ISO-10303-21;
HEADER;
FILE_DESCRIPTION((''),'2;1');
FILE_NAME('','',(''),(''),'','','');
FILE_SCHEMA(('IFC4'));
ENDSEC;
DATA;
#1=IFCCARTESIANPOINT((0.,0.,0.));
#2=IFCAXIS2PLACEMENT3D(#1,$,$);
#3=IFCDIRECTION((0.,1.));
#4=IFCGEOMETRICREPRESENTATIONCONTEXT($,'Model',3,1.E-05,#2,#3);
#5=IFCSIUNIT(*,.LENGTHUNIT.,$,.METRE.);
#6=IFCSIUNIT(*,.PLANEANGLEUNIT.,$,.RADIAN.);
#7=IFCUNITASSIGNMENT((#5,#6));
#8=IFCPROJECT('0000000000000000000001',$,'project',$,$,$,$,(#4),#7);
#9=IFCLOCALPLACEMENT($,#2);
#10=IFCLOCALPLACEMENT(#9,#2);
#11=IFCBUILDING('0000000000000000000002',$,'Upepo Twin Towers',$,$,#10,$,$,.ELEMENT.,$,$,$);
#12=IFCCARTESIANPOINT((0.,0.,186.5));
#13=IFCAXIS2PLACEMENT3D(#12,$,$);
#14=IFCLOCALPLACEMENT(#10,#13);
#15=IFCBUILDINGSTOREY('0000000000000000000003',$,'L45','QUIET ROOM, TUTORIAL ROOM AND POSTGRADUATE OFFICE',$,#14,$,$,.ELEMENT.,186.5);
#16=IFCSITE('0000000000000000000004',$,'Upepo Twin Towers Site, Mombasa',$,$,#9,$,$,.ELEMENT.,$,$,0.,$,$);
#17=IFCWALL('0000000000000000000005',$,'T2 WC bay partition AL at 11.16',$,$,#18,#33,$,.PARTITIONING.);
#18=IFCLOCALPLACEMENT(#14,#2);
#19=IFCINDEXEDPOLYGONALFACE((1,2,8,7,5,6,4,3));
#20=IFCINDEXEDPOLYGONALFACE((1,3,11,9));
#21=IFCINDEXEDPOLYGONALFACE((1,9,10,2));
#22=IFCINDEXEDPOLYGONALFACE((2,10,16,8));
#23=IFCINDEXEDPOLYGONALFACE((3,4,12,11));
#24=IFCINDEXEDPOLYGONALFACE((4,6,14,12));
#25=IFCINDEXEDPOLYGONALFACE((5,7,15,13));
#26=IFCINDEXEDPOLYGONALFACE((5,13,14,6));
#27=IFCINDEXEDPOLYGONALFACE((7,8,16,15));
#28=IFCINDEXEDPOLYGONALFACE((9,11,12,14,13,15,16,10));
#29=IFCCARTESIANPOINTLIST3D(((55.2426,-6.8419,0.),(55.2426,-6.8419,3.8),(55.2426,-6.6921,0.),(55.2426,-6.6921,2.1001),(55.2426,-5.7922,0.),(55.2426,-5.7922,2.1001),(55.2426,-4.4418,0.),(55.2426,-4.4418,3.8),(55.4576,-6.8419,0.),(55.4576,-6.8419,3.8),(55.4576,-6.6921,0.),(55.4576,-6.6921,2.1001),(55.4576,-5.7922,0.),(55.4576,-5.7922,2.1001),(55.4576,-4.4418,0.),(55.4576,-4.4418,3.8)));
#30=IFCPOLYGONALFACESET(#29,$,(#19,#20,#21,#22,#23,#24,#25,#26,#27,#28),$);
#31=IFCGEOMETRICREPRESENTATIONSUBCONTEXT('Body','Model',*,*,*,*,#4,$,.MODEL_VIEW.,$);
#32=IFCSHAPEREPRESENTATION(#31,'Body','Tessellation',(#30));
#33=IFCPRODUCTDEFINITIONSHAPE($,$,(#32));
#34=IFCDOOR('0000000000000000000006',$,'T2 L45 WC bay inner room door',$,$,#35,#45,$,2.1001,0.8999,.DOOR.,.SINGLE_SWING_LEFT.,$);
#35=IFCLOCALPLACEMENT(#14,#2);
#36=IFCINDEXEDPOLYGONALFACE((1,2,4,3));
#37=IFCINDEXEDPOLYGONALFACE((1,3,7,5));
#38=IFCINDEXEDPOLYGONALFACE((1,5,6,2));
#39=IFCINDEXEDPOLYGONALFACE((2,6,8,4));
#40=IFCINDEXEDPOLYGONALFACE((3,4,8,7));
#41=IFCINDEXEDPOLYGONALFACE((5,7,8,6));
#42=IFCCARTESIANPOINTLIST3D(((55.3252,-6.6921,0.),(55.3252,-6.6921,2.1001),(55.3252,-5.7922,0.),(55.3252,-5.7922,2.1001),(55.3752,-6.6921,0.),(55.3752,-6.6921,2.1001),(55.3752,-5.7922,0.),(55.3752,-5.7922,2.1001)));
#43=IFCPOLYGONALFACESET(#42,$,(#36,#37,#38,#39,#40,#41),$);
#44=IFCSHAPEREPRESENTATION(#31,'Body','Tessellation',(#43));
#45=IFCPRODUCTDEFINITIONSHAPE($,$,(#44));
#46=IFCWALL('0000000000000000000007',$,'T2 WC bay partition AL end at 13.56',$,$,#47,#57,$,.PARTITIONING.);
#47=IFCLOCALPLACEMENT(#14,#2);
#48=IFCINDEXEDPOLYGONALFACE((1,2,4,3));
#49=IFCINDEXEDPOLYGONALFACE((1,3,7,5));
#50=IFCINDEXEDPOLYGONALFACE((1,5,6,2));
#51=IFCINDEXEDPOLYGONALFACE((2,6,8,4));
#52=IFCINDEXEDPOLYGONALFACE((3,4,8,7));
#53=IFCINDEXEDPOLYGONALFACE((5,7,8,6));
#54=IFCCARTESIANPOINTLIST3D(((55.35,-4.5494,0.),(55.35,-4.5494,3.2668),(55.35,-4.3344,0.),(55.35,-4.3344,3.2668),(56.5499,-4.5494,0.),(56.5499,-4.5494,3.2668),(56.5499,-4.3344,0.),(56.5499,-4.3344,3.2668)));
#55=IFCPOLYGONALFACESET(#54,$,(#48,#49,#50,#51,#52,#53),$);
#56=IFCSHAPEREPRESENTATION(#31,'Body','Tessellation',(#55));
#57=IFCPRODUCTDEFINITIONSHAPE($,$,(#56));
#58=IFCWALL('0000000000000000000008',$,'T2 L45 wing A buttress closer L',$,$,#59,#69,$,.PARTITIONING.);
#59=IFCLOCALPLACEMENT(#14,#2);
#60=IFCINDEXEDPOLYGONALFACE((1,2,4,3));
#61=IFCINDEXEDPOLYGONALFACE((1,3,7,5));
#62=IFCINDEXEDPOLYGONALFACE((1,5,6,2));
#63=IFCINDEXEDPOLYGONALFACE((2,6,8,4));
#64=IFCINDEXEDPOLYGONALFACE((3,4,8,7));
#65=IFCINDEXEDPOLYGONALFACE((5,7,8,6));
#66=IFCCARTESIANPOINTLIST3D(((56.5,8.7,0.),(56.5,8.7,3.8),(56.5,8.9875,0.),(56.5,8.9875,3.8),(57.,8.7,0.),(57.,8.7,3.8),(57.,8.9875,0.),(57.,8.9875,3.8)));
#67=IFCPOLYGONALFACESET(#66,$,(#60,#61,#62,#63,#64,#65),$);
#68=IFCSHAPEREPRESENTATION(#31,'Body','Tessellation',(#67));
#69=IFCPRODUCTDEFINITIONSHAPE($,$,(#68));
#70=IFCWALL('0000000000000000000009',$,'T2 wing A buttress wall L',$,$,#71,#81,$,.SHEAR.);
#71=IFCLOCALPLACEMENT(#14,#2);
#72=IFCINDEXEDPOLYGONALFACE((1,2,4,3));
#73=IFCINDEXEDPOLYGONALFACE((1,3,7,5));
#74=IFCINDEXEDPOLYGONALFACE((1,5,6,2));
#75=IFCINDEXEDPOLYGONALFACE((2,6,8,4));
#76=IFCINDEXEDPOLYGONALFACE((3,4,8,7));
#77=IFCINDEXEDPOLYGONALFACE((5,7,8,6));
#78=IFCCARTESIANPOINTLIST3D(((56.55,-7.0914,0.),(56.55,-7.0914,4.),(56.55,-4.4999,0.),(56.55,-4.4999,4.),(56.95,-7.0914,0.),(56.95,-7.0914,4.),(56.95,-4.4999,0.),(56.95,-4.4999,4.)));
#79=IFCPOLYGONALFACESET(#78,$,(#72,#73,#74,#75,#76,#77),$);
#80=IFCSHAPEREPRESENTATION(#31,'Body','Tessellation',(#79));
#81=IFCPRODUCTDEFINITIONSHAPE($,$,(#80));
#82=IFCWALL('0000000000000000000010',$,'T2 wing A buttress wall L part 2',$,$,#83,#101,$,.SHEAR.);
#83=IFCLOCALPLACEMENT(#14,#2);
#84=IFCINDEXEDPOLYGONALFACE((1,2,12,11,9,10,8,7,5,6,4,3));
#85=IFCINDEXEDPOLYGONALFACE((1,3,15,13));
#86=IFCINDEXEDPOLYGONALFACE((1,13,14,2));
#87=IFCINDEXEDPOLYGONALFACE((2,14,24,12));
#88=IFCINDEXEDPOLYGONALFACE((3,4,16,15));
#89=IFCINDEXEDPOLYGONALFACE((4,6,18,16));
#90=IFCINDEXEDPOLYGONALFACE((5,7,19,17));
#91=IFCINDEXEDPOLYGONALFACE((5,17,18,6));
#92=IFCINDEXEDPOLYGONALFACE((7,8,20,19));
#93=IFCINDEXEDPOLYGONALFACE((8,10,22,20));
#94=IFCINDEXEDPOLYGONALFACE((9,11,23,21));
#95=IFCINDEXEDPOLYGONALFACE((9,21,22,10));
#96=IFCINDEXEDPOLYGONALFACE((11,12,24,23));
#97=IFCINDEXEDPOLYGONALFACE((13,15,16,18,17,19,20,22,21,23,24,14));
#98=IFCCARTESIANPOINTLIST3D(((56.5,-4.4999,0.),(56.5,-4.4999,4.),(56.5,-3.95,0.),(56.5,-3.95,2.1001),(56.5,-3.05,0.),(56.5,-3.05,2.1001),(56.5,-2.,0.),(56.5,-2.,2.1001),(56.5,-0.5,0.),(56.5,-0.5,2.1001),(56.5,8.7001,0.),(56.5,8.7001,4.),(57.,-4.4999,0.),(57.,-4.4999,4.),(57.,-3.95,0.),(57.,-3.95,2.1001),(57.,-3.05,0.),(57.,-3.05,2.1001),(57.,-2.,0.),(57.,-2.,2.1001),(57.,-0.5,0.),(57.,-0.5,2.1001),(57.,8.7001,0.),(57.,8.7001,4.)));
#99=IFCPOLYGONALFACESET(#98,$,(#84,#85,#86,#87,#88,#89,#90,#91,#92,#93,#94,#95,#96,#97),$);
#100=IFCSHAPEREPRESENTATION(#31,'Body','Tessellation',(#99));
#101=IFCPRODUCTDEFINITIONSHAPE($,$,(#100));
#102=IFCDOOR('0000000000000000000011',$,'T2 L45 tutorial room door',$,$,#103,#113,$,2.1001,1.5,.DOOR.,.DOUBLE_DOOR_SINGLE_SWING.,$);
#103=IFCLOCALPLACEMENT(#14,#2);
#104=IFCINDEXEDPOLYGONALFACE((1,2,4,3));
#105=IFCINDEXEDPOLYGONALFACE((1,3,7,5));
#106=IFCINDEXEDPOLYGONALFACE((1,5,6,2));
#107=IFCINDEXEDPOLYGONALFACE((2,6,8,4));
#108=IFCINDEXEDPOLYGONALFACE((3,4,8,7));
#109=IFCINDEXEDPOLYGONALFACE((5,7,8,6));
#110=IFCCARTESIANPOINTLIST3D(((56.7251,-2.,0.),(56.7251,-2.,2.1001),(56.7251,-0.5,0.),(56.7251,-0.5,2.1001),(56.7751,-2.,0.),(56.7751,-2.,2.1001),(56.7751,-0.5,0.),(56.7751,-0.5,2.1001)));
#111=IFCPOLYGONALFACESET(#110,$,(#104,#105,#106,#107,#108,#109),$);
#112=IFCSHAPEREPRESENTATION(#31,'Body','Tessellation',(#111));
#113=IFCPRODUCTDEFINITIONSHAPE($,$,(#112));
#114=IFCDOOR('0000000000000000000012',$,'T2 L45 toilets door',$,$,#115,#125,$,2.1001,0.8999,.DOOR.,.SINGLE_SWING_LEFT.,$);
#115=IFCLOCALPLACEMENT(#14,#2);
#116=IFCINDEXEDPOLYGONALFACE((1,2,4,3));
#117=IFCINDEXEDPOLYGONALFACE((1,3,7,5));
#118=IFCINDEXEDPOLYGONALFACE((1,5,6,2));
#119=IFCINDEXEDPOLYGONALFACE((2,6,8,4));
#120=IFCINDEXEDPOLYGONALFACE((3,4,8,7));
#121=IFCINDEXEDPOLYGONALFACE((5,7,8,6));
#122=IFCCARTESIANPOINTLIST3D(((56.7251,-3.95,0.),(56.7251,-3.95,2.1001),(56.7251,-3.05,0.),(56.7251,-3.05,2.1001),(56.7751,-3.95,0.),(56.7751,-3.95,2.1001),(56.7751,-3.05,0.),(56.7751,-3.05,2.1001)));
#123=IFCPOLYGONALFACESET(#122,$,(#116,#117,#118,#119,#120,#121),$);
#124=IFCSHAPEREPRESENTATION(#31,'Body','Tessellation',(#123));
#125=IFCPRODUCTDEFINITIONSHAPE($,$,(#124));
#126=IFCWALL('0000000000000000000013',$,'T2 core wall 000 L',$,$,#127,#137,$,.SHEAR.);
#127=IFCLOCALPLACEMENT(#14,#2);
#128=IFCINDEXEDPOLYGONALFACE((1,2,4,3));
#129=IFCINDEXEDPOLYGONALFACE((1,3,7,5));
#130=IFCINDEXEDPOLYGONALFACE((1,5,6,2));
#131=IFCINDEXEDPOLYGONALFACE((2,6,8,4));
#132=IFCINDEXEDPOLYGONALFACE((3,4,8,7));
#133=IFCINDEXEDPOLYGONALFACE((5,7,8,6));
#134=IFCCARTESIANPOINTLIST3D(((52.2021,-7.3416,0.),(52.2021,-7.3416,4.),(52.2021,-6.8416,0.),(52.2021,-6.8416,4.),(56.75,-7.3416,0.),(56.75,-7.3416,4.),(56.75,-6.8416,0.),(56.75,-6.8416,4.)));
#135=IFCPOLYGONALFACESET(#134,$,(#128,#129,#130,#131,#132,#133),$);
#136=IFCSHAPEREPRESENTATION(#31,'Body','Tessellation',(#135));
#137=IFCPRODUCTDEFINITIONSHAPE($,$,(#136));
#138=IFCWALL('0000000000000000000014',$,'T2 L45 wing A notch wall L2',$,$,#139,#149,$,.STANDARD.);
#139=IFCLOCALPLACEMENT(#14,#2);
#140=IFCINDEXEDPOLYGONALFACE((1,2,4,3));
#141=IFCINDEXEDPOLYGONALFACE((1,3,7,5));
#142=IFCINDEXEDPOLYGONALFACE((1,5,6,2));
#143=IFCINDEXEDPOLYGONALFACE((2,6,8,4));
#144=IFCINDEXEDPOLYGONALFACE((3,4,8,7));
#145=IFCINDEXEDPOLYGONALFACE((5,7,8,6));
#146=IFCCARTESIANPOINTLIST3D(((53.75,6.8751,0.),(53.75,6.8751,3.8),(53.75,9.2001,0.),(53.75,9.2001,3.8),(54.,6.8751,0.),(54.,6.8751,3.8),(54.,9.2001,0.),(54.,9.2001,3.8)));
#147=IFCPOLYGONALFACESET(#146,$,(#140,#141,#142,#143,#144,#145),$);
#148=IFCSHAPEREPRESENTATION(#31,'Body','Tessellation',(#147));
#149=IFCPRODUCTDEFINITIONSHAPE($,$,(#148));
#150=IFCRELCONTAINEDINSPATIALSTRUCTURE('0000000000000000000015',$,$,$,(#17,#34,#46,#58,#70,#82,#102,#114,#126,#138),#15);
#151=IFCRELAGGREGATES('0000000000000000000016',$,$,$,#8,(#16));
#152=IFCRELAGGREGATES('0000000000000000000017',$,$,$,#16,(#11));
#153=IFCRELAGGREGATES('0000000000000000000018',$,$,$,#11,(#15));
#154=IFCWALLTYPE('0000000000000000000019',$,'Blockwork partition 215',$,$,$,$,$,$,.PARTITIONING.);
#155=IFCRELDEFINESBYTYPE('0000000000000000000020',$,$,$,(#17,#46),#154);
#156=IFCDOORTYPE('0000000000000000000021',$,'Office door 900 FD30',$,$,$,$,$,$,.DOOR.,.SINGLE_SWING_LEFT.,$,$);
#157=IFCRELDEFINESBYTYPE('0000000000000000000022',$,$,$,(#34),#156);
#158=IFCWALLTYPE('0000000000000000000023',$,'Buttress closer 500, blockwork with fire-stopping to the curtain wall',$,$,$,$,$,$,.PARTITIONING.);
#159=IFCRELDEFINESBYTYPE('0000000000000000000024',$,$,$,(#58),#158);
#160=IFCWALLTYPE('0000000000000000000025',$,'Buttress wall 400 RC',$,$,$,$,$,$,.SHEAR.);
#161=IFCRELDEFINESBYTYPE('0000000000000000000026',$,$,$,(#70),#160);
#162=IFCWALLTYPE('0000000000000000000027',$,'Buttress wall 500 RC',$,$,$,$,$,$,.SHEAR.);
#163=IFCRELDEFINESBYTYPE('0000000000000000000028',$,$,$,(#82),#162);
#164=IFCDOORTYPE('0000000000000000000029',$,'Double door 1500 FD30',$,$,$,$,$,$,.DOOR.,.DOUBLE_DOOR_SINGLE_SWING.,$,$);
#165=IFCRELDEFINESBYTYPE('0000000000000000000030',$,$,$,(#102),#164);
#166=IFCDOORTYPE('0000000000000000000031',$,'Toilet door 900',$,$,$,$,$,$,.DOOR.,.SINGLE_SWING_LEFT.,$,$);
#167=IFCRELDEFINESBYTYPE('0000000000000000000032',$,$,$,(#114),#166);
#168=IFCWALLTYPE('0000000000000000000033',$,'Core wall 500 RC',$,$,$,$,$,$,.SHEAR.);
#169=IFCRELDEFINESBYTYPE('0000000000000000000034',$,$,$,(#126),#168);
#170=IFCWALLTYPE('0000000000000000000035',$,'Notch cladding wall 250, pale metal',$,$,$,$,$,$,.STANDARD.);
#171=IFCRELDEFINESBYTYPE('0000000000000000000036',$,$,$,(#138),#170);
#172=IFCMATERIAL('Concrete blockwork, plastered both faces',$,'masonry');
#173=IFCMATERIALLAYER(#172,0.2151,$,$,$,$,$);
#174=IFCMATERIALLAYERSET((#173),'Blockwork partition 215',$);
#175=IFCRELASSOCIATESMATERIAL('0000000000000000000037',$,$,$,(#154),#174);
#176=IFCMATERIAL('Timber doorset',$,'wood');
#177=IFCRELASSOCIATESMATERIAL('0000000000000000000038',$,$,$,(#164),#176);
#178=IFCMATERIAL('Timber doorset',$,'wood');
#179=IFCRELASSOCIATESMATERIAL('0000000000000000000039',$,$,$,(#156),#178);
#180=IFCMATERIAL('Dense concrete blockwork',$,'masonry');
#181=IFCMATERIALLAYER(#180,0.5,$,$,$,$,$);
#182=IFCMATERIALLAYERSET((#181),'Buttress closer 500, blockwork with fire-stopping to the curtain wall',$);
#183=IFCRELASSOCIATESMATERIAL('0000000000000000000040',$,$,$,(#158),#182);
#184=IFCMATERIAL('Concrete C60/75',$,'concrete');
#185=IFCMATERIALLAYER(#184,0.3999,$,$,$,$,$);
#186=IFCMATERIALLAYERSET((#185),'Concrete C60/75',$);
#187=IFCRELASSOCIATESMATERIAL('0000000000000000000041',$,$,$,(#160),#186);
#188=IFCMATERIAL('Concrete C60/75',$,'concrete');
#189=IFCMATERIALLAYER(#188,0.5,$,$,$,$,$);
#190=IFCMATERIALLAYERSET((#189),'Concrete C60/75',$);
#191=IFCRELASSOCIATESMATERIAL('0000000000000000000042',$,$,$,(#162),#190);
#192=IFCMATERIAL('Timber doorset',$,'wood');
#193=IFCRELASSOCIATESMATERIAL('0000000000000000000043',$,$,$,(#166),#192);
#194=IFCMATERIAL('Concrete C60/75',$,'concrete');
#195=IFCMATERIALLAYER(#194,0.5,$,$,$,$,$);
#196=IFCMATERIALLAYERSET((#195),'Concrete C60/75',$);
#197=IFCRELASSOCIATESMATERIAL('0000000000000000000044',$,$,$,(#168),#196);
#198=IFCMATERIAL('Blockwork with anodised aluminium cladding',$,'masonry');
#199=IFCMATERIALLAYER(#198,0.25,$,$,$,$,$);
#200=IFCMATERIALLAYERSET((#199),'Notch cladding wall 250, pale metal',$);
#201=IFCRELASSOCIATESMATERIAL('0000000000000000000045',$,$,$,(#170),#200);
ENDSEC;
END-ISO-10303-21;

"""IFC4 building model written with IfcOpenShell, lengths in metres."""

from ifc_helpers import new_model, si_unit, direction, frame, frame_2d, origin, place, context, subcontext, project, spatial, rectangle, extrude, material, layer, layer_set, type_object, element, fill, save


model = new_model("IFC4")

# Units and contexts
model_context = context("Model", 3, precision=1e-05, world=origin(), true_north=direction((0.0, 1.0)))
body_context = subcontext(model_context, "Body", "Model", "MODEL_VIEW")
ifc_project = project(units=[si_unit("LENGTHUNIT", "METRE"), si_unit("PLANEANGLEUNIT", "RADIAN")], contexts=[model_context])

# Site, building, storey
site_placement = place(None, origin())
site = spatial("IfcSite", under=ifc_project, at=site_placement, Name="Upepo Twin Towers Site, Mombasa", CompositionType="ELEMENT", RefElevation=0.0)
building_placement = place(site_placement, origin())
building = spatial("IfcBuilding", under=site, at=building_placement, Name="Upepo Twin Towers", CompositionType="ELEMENT")
storey_placement = place(building_placement, frame((0.0, 0.0, 186.5)))
storey = spatial("IfcBuildingStorey", under=building, at=storey_placement, Name="L45", Description="QUIET ROOM, TUTORIAL ROOM AND POSTGRADUATE OFFICE", CompositionType="ELEMENT", Elevation=186.5)

# Shared definitions
ifc_material_1 = material(Name="Concrete blockwork, plastered both faces", Category="masonry")
ifc_layer_1 = layer(ifc_material_1, 0.2151)
ifc_layer_set_1 = layer_set([ifc_layer_1], Name="Blockwork partition 215")
wall_type_1 = type_object("IfcWallType", Name="Blockwork partition 215", PredefinedType="PARTITIONING", material=ifc_layer_set_1)

# Wall, opening, door
ifc_material_2 = material(Name="Timber doorset", Category="wood")
door_type_1 = type_object("IfcDoorType", Name="Double door 1500 FD30", OperationType="DOUBLE_DOOR_SINGLE_SWING", PredefinedType="DOOR", material=ifc_material_2)
wall_1_placement = place(storey_placement, frame((55.3501, -6.842, 0.0), z_axis=(0.0, 0.0, 1.0), x_axis=(0.0, 1.0, 0.0)))
wall_1 = element("IfcWall", 1, at=wall_1_placement, inside=storey, type_object=wall_type_1, Name="T2 WC bay partition AL at 11.16", PredefinedType="PARTITIONING", context=body_context, shape_type="SweptSolid", body=[
    extrude(rectangle(XDim=2.4001, YDim=0.2151, at=frame_2d((1.2002, 0.0))), origin(), (0.0, 0.0, 1.0), 3.8),
])
opening_1_placement = place(wall_1_placement, frame((0.1499, 0.0, 0.0)))
opening_1 = element("IfcOpeningElement", 2, at=opening_1_placement, cuts=wall_1, PredefinedType="OPENING", context=body_context, shape_type="SweptSolid", body=[
    extrude(rectangle(XDim=0.8999, YDim=2.1001, at=frame_2d((0.45, 1.05))), frame((0.0, 0.1174, 0.0), z_axis=(0.0, -1.0, 0.0), x_axis=(1.0, 0.0, 0.0)), (0.0, 0.0, 1.0), 0.2351),
])
ifc_material_3 = material(Name="Timber doorset", Category="wood")
door_type_2 = type_object("IfcDoorType", Name="Office door 900 FD30", OperationType="SINGLE_SWING_LEFT", PredefinedType="DOOR", material=ifc_material_3)
door_1_placement = place(opening_1_placement, origin())
door_1 = element("IfcDoor", 3, at=door_1_placement, inside=storey, type_object=door_type_2, Name="T2 L45 WC bay inner room door", OperationType="SINGLE_SWING_LEFT", OverallHeight=2.1001, OverallWidth=0.8999, PredefinedType="DOOR", context=body_context, shape_type="SweptSolid", body=[
    extrude(rectangle(XDim=0.8999, YDim=2.1001, at=frame_2d((0.45, 1.05))), frame((0.0, 0.0249, 0.0), z_axis=(0.0, -1.0, 0.0), x_axis=(1.0, 0.0, 0.0)), (0.0, 0.0, 1.0), 0.05),
])
fill(opening_1, door_1)

# Walls
wall_2_placement = place(storey_placement, frame((56.55, -4.4419, 0.0), z_axis=(0.0, 0.0, 1.0), x_axis=(-1.0, 0.0, 0.0)))
element("IfcWall", 4, at=wall_2_placement, inside=storey, type_object=wall_type_1, Name="T2 WC bay partition AL end at 13.56", PredefinedType="PARTITIONING", context=body_context, shape_type="SweptSolid", body=[
    extrude(rectangle(XDim=1.2, YDim=0.2151, at=frame_2d((0.6001, 0.0))), origin(), (0.0, 0.0, 1.0), 3.2668),
])
ifc_material_4 = material(Name="Dense concrete blockwork", Category="masonry")
ifc_layer_2 = layer(ifc_material_4, 0.5)
ifc_layer_set_2 = layer_set([ifc_layer_2], Name="Buttress closer 500, blockwork with fire-stopping to the curtain wall")
wall_type_2 = type_object("IfcWallType", Name="Buttress closer 500, blockwork with fire-stopping to the curtain wall", PredefinedType="PARTITIONING", material=ifc_layer_set_2)
wall_3_placement = place(storey_placement, frame((56.75, 8.7, 0.0), z_axis=(0.0, 0.0, 1.0), x_axis=(0.0, 1.0, 0.0)))
element("IfcWall", 5, at=wall_3_placement, inside=storey, type_object=wall_type_2, Name="T2 L45 wing A buttress closer L", PredefinedType="PARTITIONING", context=body_context, shape_type="SweptSolid", body=[
    extrude(rectangle(XDim=0.2876, YDim=0.5, at=frame_2d((0.1438, 0.0))), origin(), (0.0, 0.0, 1.0), 3.8),
])
ifc_material_5 = material(Name="Concrete C60/75", Category="concrete")
ifc_layer_3 = layer(ifc_material_5, 0.3999)
ifc_layer_set_3 = layer_set([ifc_layer_3], Name="Concrete C60/75")
wall_type_3 = type_object("IfcWallType", Name="Buttress wall 400 RC", PredefinedType="SHEAR", material=ifc_layer_set_3)
wall_4_placement = place(storey_placement, frame((56.75, -7.0916, 0.0), z_axis=(0.0, 0.0, 1.0), x_axis=(0.0, 1.0, 0.0)))
element("IfcWall", 6, at=wall_4_placement, inside=storey, type_object=wall_type_3, Name="T2 wing A buttress wall L", PredefinedType="SHEAR", context=body_context, shape_type="SweptSolid", body=[
    extrude(rectangle(XDim=2.5916, YDim=0.3999, at=frame_2d((1.2959, 0.0))), origin(), (0.0, 0.0, 1.0), 4.0),
])

# Wall, openings, doors
ifc_material_6 = material(Name="Concrete C60/75", Category="concrete")
ifc_layer_4 = layer(ifc_material_6, 0.5)
ifc_layer_set_4 = layer_set([ifc_layer_4], Name="Concrete C60/75")
wall_type_4 = type_object("IfcWallType", Name="Buttress wall 500 RC", PredefinedType="SHEAR", material=ifc_layer_set_4)
wall_5_placement = place(storey_placement, frame((56.75, -4.5, 0.0), z_axis=(0.0, 0.0, 1.0), x_axis=(0.0, 1.0, 0.0)))
wall_5 = element("IfcWall", 7, at=wall_5_placement, inside=storey, type_object=wall_type_4, Name="T2 wing A buttress wall L part 2", PredefinedType="SHEAR", context=body_context, shape_type="SweptSolid", body=[
    extrude(rectangle(XDim=13.2, YDim=0.5, at=frame_2d((6.6001, 0.0))), origin(), (0.0, 0.0, 1.0), 4.0),
])
opening_2_placement = place(wall_5_placement, frame((0.55, 0.0, 0.0)))
opening_2 = element("IfcOpeningElement", 8, at=opening_2_placement, cuts=wall_5, PredefinedType="OPENING", context=body_context, shape_type="SweptSolid", body=[
    extrude(rectangle(XDim=0.8999, YDim=2.1001, at=frame_2d((0.45, 1.05))), frame((0.0, 0.26, 0.0), z_axis=(0.0, -1.0, 0.0), x_axis=(1.0, 0.0, 0.0)), (0.0, 0.0, 1.0), 0.52),
])
opening_3_placement = place(wall_5_placement, frame((2.5, 0.0, 0.0)))
opening_3 = element("IfcOpeningElement", 9, at=opening_3_placement, cuts=wall_5, PredefinedType="OPENING", context=body_context, shape_type="SweptSolid", body=[
    extrude(rectangle(XDim=1.5, YDim=2.1001, at=frame_2d((0.75, 1.05))), frame((0.0, 0.26, 0.0), z_axis=(0.0, -1.0, 0.0), x_axis=(1.0, 0.0, 0.0)), (0.0, 0.0, 1.0), 0.52),
])
door_2_placement = place(opening_3_placement, origin())
door_2 = element("IfcDoor", 10, at=door_2_placement, inside=storey, type_object=door_type_1, Name="T2 L45 tutorial room door", OperationType="DOUBLE_DOOR_SINGLE_SWING", OverallHeight=2.1001, OverallWidth=1.5, PredefinedType="DOOR", context=body_context, shape_type="SweptSolid", body=[
    extrude(rectangle(XDim=1.5, YDim=2.1001, at=frame_2d((0.75, 1.05))), frame((0.0, 0.0249, 0.0), z_axis=(0.0, -1.0, 0.0), x_axis=(1.0, 0.0, 0.0)), (0.0, 0.0, 1.0), 0.05),
])
fill(opening_3, door_2)
ifc_material_7 = material(Name="Timber doorset", Category="wood")
door_type_3 = type_object("IfcDoorType", Name="Toilet door 900", OperationType="SINGLE_SWING_LEFT", PredefinedType="DOOR", material=ifc_material_7)
door_3_placement = place(opening_2_placement, origin())
door_3 = element("IfcDoor", 11, at=door_3_placement, inside=storey, type_object=door_type_3, Name="T2 L45 toilets door", OperationType="SINGLE_SWING_LEFT", OverallHeight=2.1001, OverallWidth=0.8999, PredefinedType="DOOR", context=body_context, shape_type="SweptSolid", body=[
    extrude(rectangle(XDim=0.8999, YDim=2.1001, at=frame_2d((0.45, 1.05))), frame((0.0, 0.0249, 0.0), z_axis=(0.0, -1.0, 0.0), x_axis=(1.0, 0.0, 0.0)), (0.0, 0.0, 1.0), 0.05),
])
fill(opening_2, door_3)

# Walls
ifc_material_8 = material(Name="Concrete C60/75", Category="concrete")
ifc_layer_5 = layer(ifc_material_8, 0.5)
ifc_layer_set_5 = layer_set([ifc_layer_5], Name="Concrete C60/75")
wall_type_5 = type_object("IfcWallType", Name="Core wall 500 RC", PredefinedType="SHEAR", material=ifc_layer_set_5)
wall_6_placement = place(storey_placement, frame((56.75, -7.0916, 0.0), z_axis=(0.0, 0.0, 1.0), x_axis=(-1.0, 0.0, 0.0)))
element("IfcWall", 12, at=wall_6_placement, inside=storey, type_object=wall_type_5, Name="T2 core wall 000 L", PredefinedType="SHEAR", context=body_context, shape_type="SweptSolid", body=[
    extrude(rectangle(XDim=4.5479, YDim=0.5, at=frame_2d((2.2739, 0.0))), origin(), (0.0, 0.0, 1.0), 4.0),
])
ifc_material_9 = material(Name="Blockwork with anodised aluminium cladding", Category="masonry")
ifc_layer_6 = layer(ifc_material_9, 0.25)
ifc_layer_set_6 = layer_set([ifc_layer_6], Name="Notch cladding wall 250, pale metal")
wall_type_6 = type_object("IfcWallType", Name="Notch cladding wall 250, pale metal", PredefinedType="STANDARD", material=ifc_layer_set_6)
wall_7_placement = place(storey_placement, frame((53.875, 6.875, 0.0), z_axis=(0.0, 0.0, 1.0), x_axis=(0.0, 1.0, 0.0)))
element("IfcWall", 13, at=wall_7_placement, inside=storey, type_object=wall_type_6, Name="T2 L45 wing A notch wall L2", PredefinedType="STANDARD", context=body_context, shape_type="SweptSolid", body=[
    extrude(rectangle(XDim=2.325, YDim=0.25, at=frame_2d((1.1626, 0.0))), origin(), (0.0, 0.0, 1.0), 3.8),
])

save(model, "model.ifc")
